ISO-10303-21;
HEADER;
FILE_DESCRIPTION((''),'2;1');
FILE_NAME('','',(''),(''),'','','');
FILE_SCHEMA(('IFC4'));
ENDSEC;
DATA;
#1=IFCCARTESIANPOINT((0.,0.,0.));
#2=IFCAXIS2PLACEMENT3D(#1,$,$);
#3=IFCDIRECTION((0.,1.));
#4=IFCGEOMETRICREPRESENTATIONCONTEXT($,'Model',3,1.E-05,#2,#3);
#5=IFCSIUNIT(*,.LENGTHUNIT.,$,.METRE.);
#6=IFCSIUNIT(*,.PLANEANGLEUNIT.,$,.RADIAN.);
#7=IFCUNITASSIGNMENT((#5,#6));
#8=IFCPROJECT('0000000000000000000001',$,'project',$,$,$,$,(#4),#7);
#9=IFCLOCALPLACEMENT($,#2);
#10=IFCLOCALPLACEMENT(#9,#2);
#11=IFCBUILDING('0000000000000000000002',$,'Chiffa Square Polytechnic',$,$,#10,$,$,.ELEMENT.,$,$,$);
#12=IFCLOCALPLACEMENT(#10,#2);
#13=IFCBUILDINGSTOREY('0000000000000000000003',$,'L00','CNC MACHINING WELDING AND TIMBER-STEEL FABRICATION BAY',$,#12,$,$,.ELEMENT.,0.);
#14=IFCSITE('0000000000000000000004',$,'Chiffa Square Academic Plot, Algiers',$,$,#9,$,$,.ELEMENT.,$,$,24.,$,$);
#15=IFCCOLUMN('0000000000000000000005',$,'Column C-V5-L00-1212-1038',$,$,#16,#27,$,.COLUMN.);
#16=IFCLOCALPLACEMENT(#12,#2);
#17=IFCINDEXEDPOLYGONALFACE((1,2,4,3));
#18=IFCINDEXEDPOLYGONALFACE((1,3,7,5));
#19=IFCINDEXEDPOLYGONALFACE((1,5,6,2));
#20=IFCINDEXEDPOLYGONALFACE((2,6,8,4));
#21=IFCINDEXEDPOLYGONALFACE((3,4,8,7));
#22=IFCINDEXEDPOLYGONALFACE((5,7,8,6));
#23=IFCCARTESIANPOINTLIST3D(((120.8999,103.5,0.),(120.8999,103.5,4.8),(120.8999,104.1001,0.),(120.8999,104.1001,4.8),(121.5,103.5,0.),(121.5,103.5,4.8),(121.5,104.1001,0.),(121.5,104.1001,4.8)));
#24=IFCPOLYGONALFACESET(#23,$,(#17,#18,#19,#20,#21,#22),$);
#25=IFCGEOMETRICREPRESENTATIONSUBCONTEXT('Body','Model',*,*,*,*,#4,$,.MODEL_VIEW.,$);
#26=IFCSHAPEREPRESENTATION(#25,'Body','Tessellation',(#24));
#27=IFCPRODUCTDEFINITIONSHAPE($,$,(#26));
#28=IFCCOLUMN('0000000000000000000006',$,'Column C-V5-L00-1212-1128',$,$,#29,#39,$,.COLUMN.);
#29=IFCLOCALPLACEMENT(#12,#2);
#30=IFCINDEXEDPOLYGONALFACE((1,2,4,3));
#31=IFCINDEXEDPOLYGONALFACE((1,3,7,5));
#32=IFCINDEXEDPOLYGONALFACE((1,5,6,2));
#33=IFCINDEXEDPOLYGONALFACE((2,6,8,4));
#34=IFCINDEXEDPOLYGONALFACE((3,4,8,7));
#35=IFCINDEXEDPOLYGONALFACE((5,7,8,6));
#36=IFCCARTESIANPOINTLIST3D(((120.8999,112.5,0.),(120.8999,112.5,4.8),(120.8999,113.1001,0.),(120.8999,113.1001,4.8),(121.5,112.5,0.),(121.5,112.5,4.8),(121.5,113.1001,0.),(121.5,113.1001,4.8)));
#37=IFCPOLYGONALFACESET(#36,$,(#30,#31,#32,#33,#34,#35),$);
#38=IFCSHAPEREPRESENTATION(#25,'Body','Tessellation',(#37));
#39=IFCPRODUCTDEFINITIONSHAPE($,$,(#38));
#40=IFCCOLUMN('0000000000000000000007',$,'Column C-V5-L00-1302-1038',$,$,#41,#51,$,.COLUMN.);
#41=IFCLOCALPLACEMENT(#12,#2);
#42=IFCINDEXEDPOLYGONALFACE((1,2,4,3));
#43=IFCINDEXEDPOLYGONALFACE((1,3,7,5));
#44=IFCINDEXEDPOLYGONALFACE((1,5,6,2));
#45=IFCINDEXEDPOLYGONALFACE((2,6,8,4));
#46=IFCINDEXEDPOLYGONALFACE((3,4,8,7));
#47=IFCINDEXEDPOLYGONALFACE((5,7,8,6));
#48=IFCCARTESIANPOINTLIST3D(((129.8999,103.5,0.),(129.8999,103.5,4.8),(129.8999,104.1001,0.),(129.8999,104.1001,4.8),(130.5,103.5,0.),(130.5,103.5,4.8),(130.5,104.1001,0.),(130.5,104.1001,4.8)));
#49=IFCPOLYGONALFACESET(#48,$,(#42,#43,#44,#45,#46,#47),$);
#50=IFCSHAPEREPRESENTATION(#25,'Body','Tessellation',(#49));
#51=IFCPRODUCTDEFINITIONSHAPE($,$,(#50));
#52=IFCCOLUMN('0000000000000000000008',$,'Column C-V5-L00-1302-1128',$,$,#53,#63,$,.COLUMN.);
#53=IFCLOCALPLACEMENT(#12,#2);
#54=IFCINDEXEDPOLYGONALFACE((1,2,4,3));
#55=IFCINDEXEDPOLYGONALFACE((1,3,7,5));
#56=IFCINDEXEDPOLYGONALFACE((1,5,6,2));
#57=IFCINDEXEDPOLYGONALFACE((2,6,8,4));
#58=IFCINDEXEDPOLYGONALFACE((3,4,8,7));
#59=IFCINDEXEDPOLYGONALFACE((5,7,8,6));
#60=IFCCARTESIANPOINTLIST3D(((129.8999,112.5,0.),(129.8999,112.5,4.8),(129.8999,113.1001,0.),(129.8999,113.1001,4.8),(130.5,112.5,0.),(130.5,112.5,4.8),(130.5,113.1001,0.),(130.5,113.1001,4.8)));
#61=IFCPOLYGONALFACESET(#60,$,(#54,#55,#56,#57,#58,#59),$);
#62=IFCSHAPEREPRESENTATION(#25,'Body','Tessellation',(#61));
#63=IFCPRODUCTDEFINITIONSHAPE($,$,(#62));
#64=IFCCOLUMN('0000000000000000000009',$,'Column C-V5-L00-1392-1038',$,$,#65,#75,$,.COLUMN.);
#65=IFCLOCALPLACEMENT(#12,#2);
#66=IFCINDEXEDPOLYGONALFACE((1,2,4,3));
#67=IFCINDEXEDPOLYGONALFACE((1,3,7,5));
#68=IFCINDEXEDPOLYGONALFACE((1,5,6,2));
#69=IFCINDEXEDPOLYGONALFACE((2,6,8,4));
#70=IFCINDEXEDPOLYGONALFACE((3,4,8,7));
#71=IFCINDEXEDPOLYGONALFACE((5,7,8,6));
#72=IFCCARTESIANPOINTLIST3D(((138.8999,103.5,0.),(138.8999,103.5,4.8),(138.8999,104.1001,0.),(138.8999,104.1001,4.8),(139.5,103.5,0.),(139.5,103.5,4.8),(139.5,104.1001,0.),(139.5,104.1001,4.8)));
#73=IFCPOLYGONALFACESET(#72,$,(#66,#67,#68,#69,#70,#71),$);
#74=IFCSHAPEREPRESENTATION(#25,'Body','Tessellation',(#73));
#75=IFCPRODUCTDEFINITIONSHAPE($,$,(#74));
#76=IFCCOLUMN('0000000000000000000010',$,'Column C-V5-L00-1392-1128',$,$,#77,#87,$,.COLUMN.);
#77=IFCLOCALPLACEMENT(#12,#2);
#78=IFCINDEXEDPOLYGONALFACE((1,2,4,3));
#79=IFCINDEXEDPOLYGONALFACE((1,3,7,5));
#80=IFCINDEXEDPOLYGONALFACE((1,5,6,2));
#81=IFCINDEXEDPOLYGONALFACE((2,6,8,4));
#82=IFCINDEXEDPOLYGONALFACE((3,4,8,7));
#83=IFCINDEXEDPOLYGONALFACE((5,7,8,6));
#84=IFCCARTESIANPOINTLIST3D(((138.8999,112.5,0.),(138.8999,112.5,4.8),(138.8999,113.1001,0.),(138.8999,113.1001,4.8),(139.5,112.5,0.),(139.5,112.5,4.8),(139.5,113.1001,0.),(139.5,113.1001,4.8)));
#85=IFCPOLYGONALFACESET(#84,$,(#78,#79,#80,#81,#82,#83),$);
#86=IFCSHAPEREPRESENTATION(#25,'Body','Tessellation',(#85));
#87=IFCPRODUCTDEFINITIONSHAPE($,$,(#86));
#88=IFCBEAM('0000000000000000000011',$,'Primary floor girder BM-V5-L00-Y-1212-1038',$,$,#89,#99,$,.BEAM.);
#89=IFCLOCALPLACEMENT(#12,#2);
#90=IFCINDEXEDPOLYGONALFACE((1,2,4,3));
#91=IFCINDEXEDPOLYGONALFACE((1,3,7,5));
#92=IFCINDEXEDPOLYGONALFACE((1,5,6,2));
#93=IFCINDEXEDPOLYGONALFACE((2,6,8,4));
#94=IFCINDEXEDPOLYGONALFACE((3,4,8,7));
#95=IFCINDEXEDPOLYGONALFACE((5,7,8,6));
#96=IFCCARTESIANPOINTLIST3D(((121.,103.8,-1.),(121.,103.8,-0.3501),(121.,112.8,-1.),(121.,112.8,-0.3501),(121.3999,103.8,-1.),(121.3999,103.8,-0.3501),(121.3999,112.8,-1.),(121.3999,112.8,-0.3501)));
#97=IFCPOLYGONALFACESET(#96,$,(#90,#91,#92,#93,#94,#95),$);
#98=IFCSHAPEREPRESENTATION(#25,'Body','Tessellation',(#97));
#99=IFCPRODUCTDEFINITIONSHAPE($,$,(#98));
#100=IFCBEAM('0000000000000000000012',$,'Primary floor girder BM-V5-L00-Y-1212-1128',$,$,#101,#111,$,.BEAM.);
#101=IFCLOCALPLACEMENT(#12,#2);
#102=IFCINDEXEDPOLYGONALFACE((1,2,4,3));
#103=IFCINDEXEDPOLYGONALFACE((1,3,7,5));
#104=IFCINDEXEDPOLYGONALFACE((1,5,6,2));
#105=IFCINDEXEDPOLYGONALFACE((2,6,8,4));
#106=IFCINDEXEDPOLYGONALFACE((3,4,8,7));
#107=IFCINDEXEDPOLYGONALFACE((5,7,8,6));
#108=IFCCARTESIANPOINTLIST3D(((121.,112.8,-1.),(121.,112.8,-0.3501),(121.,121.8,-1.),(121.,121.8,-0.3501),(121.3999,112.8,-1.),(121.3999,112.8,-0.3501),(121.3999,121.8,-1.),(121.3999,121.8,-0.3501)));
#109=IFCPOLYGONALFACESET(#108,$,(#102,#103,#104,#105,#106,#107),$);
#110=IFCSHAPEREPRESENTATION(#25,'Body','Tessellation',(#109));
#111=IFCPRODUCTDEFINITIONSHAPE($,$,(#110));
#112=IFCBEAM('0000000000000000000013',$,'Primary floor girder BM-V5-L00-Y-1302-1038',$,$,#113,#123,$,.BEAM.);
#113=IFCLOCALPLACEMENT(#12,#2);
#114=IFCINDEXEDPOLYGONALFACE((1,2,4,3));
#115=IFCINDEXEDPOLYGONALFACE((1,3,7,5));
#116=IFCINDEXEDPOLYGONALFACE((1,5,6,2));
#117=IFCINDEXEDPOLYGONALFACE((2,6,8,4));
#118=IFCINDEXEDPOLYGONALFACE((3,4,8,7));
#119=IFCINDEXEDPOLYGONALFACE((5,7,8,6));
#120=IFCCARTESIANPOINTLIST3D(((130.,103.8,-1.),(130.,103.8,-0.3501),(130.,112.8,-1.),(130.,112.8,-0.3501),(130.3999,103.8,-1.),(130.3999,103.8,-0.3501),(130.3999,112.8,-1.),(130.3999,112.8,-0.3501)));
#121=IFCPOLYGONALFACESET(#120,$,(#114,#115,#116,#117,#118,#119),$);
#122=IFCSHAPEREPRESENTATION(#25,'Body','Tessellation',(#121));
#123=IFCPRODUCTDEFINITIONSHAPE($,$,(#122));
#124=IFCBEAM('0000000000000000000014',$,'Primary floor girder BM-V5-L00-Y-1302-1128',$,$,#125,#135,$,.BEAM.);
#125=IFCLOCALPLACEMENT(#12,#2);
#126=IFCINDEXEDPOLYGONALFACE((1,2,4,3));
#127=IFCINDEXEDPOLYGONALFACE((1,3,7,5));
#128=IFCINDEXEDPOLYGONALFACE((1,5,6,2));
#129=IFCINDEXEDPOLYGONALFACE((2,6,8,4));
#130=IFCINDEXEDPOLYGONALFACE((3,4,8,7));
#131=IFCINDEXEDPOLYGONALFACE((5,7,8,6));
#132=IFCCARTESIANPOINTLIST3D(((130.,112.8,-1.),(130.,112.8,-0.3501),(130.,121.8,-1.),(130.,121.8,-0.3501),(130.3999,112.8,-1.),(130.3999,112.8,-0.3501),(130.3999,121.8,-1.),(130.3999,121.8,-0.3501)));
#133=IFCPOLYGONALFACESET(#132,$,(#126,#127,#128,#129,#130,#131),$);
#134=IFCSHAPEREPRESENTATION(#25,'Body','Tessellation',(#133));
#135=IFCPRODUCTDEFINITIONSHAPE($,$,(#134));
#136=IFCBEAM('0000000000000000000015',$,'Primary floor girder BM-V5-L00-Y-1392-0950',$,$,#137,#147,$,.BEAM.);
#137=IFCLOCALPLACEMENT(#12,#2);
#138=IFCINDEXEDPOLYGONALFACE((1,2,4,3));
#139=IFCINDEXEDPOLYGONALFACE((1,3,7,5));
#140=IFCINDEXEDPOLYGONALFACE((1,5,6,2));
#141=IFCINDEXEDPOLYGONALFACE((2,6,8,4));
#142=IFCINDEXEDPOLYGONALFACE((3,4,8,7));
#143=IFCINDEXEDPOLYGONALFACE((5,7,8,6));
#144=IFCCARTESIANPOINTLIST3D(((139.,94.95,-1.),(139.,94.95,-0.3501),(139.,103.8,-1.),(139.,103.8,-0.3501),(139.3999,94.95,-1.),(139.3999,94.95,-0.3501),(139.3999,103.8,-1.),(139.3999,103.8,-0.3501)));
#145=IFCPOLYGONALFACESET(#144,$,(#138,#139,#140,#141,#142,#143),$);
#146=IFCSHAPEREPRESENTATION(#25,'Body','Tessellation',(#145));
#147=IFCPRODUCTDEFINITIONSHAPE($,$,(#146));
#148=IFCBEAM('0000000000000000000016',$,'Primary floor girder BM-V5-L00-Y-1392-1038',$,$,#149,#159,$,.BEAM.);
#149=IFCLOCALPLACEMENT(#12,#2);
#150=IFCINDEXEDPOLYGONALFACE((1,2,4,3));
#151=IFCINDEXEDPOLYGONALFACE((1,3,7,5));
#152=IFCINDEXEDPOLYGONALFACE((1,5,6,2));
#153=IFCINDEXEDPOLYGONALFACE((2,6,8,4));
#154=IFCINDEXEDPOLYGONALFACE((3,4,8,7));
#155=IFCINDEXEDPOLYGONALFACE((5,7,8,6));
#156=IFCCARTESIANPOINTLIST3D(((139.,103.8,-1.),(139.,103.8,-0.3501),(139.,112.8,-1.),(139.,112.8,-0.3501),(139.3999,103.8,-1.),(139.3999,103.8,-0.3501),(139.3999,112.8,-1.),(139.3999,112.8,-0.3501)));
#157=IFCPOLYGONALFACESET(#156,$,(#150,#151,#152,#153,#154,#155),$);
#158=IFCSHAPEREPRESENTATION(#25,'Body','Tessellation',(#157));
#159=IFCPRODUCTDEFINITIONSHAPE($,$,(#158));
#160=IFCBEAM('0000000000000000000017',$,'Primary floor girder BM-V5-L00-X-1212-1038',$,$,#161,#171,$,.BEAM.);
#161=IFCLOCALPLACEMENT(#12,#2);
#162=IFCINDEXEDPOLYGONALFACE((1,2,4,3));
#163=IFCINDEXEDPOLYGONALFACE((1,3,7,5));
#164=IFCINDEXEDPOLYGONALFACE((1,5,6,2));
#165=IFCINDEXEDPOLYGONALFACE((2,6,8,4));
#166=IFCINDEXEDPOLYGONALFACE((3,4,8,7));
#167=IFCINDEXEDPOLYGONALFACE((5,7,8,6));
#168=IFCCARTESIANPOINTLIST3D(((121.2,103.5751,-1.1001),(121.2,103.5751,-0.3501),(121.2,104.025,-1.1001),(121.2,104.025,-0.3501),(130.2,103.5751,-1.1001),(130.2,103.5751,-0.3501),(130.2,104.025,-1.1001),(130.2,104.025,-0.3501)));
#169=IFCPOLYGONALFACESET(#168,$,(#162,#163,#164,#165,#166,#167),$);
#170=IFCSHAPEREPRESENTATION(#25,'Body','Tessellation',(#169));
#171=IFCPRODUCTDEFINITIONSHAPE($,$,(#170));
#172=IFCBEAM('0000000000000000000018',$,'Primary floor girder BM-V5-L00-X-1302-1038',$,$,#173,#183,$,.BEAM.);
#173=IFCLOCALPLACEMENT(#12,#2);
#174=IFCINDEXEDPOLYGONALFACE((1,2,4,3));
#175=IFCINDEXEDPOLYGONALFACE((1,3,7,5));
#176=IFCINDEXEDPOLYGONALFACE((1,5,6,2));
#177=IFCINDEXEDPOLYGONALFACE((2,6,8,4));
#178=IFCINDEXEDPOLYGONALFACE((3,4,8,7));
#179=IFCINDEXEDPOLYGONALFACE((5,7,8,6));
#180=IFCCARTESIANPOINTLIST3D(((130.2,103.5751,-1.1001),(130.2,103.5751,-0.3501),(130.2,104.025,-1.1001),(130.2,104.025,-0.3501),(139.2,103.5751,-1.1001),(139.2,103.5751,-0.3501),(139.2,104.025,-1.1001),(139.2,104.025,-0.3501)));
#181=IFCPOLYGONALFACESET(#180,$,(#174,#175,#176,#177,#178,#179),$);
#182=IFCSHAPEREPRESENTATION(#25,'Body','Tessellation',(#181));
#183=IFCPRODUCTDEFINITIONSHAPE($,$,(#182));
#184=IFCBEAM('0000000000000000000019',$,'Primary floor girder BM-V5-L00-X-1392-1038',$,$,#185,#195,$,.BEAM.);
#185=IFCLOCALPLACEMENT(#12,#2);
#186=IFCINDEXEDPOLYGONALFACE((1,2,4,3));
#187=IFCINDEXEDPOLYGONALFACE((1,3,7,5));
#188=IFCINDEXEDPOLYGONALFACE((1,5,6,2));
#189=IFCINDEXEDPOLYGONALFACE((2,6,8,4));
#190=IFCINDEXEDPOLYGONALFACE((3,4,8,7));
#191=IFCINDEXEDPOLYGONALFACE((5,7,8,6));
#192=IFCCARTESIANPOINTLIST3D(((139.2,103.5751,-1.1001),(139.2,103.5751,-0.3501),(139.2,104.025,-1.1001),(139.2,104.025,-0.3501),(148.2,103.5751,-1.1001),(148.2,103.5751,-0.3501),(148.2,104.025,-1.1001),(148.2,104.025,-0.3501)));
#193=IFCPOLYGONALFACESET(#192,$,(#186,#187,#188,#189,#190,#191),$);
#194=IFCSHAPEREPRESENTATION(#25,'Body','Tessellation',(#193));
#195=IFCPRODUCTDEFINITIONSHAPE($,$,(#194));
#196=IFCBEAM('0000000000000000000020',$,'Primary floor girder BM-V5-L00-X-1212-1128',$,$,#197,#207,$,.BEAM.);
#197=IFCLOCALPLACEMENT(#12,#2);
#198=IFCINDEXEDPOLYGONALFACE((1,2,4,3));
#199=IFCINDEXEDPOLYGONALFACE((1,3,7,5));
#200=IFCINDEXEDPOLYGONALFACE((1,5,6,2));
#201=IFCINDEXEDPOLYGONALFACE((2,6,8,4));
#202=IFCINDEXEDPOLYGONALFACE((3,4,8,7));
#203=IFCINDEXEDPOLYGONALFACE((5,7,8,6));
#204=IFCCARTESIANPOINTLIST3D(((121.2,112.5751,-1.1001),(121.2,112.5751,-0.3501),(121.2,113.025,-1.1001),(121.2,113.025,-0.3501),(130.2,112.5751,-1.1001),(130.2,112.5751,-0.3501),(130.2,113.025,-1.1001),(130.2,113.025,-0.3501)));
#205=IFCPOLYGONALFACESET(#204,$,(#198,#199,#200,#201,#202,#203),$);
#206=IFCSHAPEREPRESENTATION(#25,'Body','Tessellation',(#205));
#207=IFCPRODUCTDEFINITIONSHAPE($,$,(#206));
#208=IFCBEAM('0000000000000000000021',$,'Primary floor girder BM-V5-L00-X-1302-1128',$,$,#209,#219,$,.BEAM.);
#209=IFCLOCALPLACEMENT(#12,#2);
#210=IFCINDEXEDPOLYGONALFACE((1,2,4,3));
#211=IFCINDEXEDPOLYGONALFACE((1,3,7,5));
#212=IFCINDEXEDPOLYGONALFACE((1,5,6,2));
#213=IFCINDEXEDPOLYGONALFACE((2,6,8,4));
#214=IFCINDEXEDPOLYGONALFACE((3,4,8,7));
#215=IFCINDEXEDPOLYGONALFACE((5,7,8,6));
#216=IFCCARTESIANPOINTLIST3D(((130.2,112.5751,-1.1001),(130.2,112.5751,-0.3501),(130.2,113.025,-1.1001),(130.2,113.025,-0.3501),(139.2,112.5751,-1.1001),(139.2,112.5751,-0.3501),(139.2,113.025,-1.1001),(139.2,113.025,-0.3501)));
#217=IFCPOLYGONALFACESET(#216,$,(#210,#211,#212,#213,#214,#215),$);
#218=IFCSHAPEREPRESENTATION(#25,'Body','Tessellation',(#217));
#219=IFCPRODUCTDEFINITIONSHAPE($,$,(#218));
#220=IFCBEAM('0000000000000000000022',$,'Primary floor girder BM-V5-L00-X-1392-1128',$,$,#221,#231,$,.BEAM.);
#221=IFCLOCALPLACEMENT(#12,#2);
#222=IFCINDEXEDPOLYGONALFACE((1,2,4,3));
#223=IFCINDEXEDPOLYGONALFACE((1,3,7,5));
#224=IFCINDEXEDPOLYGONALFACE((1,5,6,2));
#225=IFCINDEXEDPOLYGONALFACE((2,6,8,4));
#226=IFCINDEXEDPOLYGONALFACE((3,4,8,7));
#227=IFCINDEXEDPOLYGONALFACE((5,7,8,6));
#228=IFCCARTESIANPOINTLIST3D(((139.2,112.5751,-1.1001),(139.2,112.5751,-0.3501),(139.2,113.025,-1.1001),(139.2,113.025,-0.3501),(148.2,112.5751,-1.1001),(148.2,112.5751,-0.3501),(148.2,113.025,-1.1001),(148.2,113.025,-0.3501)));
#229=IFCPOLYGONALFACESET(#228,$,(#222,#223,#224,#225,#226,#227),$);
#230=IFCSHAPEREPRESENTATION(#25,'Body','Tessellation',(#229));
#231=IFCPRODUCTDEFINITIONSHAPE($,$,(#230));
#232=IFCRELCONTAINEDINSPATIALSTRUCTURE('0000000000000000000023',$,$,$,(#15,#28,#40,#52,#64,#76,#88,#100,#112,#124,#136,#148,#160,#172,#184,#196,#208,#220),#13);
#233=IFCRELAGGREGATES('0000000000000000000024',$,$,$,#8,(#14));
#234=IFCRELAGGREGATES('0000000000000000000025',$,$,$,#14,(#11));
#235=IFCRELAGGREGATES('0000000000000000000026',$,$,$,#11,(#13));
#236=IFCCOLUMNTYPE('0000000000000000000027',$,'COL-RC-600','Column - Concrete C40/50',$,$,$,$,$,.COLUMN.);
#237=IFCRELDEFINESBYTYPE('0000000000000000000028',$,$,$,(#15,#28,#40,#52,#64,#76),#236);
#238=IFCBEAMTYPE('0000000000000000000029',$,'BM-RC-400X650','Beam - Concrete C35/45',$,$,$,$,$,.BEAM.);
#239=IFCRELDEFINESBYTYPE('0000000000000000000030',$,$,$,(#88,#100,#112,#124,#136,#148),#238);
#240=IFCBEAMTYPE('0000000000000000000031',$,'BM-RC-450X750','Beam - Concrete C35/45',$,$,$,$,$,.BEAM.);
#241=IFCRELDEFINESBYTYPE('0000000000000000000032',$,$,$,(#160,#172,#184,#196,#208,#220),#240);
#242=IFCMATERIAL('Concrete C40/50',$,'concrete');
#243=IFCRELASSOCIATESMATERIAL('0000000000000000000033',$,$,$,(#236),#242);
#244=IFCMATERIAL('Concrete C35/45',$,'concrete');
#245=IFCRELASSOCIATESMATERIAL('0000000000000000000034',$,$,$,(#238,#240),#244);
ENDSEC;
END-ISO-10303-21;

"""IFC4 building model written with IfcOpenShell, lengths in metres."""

from ifc_helpers import new_model, si_unit, direction, frame, origin, origin_2d, place, context, subcontext, project, spatial, rectangle, extrude, material, material_profile, profile_set, type_object, element, save


model = new_model("IFC4")

# Units and contexts
model_context = context("Model", 3, precision=1e-05, world=origin(), true_north=direction((0.0, 1.0)))
body_context = subcontext(model_context, "Body", "Model", "MODEL_VIEW")
ifc_project = project(units=[si_unit("LENGTHUNIT", "METRE"), si_unit("PLANEANGLEUNIT", "RADIAN")], contexts=[model_context])

# Site, building, storey
site_placement = place(None, origin())
site = spatial("IfcSite", under=ifc_project, at=site_placement, Name="Chiffa Square Academic Plot, Algiers", CompositionType="ELEMENT", RefElevation=24.0)
building_placement = place(site_placement, origin())
building = spatial("IfcBuilding", under=site, at=building_placement, Name="Chiffa Square Polytechnic", CompositionType="ELEMENT")
storey_placement = place(building_placement, origin())
storey = spatial("IfcBuildingStorey", under=building, at=storey_placement, Name="L00", Description="CNC MACHINING WELDING AND TIMBER-STEEL FABRICATION BAY", CompositionType="ELEMENT", Elevation=0.0)

# Columns
ifc_material_1 = material(Name="Concrete C40/50", Category="concrete")
ifc_material_profile_1 = material_profile(ifc_material_1, rectangle(XDim=0.6001, YDim=0.6001, at=origin_2d()), Name="RC 600x600")
ifc_profile_set_1 = profile_set([ifc_material_profile_1], Name="Concrete C40/50")
column_type = type_object("IfcColumnType", Name="COL-RC-600", Description="Column - Concrete C40/50", PredefinedType="COLUMN", material=ifc_profile_set_1)
for number, where, z_axis, x_axis, name in (
    (1, (121.2, 103.8, 0.0), (0.0, 0.0, 1.0), (1.0, 0.0, 0.0), "Column C-V5-L00-1212-1038"),
    (2, (121.2, 112.8, 0.0), (0.0, 0.0, 1.0), (1.0, 0.0, 0.0), "Column C-V5-L00-1212-1128"),
    (3, (130.2, 103.8, 0.0), (0.0, 0.0, 1.0), (1.0, 0.0, 0.0), "Column C-V5-L00-1302-1038"),
    (4, (130.2, 112.8, 0.0), (0.0, 0.0, 1.0), (1.0, 0.0, 0.0), "Column C-V5-L00-1302-1128"),
    (5, (139.2, 103.8, 0.0), (0.0, 0.0, 1.0), (1.0, 0.0, 0.0), "Column C-V5-L00-1392-1038"),
    (6, (139.2, 112.8, 0.0), (0.0, 0.0, 1.0), (1.0, 0.0, 0.0), "Column C-V5-L00-1392-1128"),
):
    element("IfcColumn", number, at=place(storey_placement, frame(where, z_axis=z_axis, x_axis=x_axis)), inside=storey, type_object=column_type, Name=name, PredefinedType="COLUMN", context=body_context, shape_type="SweptSolid", body=[
        extrude(rectangle(XDim=0.6001, YDim=0.6001, at=origin_2d()), origin(), (0.0, 0.0, 1.0), 4.8),
    ])

# Beams
ifc_material_2 = material(Name="Concrete C35/45", Category="concrete")
ifc_material_profile_2 = material_profile(ifc_material_2, rectangle(XDim=0.3999, YDim=0.6499, at=origin_2d()), Name="RC 400x650")
ifc_profile_set_2 = profile_set([ifc_material_profile_2], Name="Concrete C35/45")
beam_type_1 = type_object("IfcBeamType", Name="BM-RC-400X650", Description="Beam - Concrete C35/45", PredefinedType="BEAM", material=ifc_profile_set_2)
for number, where, z_axis, x_axis, name in (
    (7, (121.2, 103.8, -0.675), (0.0, 1.0, 0.0), (-1.0, 0.0, 0.0), "Primary floor girder BM-V5-L00-Y-1212-1038"),
    (8, (121.2, 112.8, -0.675), (0.0, 1.0, 0.0), (-1.0, 0.0, 0.0), "Primary floor girder BM-V5-L00-Y-1212-1128"),
    (9, (130.2, 103.8, -0.675), (0.0, 1.0, 0.0), (-1.0, 0.0, 0.0), "Primary floor girder BM-V5-L00-Y-1302-1038"),
    (10, (130.2, 112.8, -0.675), (0.0, 1.0, 0.0), (-1.0, 0.0, 0.0), "Primary floor girder BM-V5-L00-Y-1302-1128"),
):
    element("IfcBeam", number, at=place(storey_placement, frame(where, z_axis=z_axis, x_axis=x_axis)), inside=storey, type_object=beam_type_1, Name=name, PredefinedType="BEAM", context=body_context, shape_type="SweptSolid", body=[
        extrude(rectangle(XDim=0.3999, YDim=0.6499, at=origin_2d()), origin(), (0.0, 0.0, 1.0), 9.0),
    ])
beam_1_placement = place(storey_placement, frame((139.2, 94.95, -0.675), z_axis=(0.0, 1.0, 0.0), x_axis=(-1.0, 0.0, 0.0)))
element("IfcBeam", 11, at=beam_1_placement, inside=storey, type_object=beam_type_1, Name="Primary floor girder BM-V5-L00-Y-1392-0950", PredefinedType="BEAM", context=body_context, shape_type="SweptSolid", body=[
    extrude(rectangle(XDim=0.3999, YDim=0.6499, at=origin_2d()), origin(), (0.0, 0.0, 1.0), 8.8501),
])
beam_2_placement = place(storey_placement, frame((139.2, 103.8, -0.675), z_axis=(0.0, 1.0, 0.0), x_axis=(-1.0, 0.0, 0.0)))
element("IfcBeam", 12, at=beam_2_placement, inside=storey, type_object=beam_type_1, Name="Primary floor girder BM-V5-L00-Y-1392-1038", PredefinedType="BEAM", context=body_context, shape_type="SweptSolid", body=[
    extrude(rectangle(XDim=0.3999, YDim=0.6499, at=origin_2d()), origin(), (0.0, 0.0, 1.0), 9.0),
])
ifc_material_profile_3 = material_profile(ifc_material_2, rectangle(XDim=0.45, YDim=0.75, at=origin_2d()), Name="RC 450x750")
ifc_profile_set_3 = profile_set([ifc_material_profile_3], Name="Concrete C35/45")
beam_type_2 = type_object("IfcBeamType", Name="BM-RC-450X750", Description="Beam - Concrete C35/45", PredefinedType="BEAM", material=ifc_profile_set_3)
for number, where, z_axis, x_axis, name in (
    (13, (121.2, 103.8, -0.7251), (1.0, 0.0, 0.0), (0.0, 1.0, 0.0), "Primary floor girder BM-V5-L00-X-1212-1038"),
    (14, (130.2, 103.8, -0.7251), (1.0, 0.0, 0.0), (0.0, 1.0, 0.0), "Primary floor girder BM-V5-L00-X-1302-1038"),
    (15, (139.2, 103.8, -0.7251), (1.0, 0.0, 0.0), (0.0, 1.0, 0.0), "Primary floor girder BM-V5-L00-X-1392-1038"),
    (16, (121.2, 112.8, -0.7251), (1.0, 0.0, 0.0), (0.0, 1.0, 0.0), "Primary floor girder BM-V5-L00-X-1212-1128"),
    (17, (130.2, 112.8, -0.7251), (1.0, 0.0, 0.0), (0.0, 1.0, 0.0), "Primary floor girder BM-V5-L00-X-1302-1128"),
    (18, (139.2, 112.8, -0.7251), (1.0, 0.0, 0.0), (0.0, 1.0, 0.0), "Primary floor girder BM-V5-L00-X-1392-1128"),
):
    element("IfcBeam", number, at=place(storey_placement, frame(where, z_axis=z_axis, x_axis=x_axis)), inside=storey, type_object=beam_type_2, Name=name, PredefinedType="BEAM", context=body_context, shape_type="SweptSolid", body=[
        extrude(rectangle(XDim=0.45, YDim=0.75, at=origin_2d()), origin(), (0.0, 0.0, 1.0), 9.0),
    ])

save(model, "model.ifc")
